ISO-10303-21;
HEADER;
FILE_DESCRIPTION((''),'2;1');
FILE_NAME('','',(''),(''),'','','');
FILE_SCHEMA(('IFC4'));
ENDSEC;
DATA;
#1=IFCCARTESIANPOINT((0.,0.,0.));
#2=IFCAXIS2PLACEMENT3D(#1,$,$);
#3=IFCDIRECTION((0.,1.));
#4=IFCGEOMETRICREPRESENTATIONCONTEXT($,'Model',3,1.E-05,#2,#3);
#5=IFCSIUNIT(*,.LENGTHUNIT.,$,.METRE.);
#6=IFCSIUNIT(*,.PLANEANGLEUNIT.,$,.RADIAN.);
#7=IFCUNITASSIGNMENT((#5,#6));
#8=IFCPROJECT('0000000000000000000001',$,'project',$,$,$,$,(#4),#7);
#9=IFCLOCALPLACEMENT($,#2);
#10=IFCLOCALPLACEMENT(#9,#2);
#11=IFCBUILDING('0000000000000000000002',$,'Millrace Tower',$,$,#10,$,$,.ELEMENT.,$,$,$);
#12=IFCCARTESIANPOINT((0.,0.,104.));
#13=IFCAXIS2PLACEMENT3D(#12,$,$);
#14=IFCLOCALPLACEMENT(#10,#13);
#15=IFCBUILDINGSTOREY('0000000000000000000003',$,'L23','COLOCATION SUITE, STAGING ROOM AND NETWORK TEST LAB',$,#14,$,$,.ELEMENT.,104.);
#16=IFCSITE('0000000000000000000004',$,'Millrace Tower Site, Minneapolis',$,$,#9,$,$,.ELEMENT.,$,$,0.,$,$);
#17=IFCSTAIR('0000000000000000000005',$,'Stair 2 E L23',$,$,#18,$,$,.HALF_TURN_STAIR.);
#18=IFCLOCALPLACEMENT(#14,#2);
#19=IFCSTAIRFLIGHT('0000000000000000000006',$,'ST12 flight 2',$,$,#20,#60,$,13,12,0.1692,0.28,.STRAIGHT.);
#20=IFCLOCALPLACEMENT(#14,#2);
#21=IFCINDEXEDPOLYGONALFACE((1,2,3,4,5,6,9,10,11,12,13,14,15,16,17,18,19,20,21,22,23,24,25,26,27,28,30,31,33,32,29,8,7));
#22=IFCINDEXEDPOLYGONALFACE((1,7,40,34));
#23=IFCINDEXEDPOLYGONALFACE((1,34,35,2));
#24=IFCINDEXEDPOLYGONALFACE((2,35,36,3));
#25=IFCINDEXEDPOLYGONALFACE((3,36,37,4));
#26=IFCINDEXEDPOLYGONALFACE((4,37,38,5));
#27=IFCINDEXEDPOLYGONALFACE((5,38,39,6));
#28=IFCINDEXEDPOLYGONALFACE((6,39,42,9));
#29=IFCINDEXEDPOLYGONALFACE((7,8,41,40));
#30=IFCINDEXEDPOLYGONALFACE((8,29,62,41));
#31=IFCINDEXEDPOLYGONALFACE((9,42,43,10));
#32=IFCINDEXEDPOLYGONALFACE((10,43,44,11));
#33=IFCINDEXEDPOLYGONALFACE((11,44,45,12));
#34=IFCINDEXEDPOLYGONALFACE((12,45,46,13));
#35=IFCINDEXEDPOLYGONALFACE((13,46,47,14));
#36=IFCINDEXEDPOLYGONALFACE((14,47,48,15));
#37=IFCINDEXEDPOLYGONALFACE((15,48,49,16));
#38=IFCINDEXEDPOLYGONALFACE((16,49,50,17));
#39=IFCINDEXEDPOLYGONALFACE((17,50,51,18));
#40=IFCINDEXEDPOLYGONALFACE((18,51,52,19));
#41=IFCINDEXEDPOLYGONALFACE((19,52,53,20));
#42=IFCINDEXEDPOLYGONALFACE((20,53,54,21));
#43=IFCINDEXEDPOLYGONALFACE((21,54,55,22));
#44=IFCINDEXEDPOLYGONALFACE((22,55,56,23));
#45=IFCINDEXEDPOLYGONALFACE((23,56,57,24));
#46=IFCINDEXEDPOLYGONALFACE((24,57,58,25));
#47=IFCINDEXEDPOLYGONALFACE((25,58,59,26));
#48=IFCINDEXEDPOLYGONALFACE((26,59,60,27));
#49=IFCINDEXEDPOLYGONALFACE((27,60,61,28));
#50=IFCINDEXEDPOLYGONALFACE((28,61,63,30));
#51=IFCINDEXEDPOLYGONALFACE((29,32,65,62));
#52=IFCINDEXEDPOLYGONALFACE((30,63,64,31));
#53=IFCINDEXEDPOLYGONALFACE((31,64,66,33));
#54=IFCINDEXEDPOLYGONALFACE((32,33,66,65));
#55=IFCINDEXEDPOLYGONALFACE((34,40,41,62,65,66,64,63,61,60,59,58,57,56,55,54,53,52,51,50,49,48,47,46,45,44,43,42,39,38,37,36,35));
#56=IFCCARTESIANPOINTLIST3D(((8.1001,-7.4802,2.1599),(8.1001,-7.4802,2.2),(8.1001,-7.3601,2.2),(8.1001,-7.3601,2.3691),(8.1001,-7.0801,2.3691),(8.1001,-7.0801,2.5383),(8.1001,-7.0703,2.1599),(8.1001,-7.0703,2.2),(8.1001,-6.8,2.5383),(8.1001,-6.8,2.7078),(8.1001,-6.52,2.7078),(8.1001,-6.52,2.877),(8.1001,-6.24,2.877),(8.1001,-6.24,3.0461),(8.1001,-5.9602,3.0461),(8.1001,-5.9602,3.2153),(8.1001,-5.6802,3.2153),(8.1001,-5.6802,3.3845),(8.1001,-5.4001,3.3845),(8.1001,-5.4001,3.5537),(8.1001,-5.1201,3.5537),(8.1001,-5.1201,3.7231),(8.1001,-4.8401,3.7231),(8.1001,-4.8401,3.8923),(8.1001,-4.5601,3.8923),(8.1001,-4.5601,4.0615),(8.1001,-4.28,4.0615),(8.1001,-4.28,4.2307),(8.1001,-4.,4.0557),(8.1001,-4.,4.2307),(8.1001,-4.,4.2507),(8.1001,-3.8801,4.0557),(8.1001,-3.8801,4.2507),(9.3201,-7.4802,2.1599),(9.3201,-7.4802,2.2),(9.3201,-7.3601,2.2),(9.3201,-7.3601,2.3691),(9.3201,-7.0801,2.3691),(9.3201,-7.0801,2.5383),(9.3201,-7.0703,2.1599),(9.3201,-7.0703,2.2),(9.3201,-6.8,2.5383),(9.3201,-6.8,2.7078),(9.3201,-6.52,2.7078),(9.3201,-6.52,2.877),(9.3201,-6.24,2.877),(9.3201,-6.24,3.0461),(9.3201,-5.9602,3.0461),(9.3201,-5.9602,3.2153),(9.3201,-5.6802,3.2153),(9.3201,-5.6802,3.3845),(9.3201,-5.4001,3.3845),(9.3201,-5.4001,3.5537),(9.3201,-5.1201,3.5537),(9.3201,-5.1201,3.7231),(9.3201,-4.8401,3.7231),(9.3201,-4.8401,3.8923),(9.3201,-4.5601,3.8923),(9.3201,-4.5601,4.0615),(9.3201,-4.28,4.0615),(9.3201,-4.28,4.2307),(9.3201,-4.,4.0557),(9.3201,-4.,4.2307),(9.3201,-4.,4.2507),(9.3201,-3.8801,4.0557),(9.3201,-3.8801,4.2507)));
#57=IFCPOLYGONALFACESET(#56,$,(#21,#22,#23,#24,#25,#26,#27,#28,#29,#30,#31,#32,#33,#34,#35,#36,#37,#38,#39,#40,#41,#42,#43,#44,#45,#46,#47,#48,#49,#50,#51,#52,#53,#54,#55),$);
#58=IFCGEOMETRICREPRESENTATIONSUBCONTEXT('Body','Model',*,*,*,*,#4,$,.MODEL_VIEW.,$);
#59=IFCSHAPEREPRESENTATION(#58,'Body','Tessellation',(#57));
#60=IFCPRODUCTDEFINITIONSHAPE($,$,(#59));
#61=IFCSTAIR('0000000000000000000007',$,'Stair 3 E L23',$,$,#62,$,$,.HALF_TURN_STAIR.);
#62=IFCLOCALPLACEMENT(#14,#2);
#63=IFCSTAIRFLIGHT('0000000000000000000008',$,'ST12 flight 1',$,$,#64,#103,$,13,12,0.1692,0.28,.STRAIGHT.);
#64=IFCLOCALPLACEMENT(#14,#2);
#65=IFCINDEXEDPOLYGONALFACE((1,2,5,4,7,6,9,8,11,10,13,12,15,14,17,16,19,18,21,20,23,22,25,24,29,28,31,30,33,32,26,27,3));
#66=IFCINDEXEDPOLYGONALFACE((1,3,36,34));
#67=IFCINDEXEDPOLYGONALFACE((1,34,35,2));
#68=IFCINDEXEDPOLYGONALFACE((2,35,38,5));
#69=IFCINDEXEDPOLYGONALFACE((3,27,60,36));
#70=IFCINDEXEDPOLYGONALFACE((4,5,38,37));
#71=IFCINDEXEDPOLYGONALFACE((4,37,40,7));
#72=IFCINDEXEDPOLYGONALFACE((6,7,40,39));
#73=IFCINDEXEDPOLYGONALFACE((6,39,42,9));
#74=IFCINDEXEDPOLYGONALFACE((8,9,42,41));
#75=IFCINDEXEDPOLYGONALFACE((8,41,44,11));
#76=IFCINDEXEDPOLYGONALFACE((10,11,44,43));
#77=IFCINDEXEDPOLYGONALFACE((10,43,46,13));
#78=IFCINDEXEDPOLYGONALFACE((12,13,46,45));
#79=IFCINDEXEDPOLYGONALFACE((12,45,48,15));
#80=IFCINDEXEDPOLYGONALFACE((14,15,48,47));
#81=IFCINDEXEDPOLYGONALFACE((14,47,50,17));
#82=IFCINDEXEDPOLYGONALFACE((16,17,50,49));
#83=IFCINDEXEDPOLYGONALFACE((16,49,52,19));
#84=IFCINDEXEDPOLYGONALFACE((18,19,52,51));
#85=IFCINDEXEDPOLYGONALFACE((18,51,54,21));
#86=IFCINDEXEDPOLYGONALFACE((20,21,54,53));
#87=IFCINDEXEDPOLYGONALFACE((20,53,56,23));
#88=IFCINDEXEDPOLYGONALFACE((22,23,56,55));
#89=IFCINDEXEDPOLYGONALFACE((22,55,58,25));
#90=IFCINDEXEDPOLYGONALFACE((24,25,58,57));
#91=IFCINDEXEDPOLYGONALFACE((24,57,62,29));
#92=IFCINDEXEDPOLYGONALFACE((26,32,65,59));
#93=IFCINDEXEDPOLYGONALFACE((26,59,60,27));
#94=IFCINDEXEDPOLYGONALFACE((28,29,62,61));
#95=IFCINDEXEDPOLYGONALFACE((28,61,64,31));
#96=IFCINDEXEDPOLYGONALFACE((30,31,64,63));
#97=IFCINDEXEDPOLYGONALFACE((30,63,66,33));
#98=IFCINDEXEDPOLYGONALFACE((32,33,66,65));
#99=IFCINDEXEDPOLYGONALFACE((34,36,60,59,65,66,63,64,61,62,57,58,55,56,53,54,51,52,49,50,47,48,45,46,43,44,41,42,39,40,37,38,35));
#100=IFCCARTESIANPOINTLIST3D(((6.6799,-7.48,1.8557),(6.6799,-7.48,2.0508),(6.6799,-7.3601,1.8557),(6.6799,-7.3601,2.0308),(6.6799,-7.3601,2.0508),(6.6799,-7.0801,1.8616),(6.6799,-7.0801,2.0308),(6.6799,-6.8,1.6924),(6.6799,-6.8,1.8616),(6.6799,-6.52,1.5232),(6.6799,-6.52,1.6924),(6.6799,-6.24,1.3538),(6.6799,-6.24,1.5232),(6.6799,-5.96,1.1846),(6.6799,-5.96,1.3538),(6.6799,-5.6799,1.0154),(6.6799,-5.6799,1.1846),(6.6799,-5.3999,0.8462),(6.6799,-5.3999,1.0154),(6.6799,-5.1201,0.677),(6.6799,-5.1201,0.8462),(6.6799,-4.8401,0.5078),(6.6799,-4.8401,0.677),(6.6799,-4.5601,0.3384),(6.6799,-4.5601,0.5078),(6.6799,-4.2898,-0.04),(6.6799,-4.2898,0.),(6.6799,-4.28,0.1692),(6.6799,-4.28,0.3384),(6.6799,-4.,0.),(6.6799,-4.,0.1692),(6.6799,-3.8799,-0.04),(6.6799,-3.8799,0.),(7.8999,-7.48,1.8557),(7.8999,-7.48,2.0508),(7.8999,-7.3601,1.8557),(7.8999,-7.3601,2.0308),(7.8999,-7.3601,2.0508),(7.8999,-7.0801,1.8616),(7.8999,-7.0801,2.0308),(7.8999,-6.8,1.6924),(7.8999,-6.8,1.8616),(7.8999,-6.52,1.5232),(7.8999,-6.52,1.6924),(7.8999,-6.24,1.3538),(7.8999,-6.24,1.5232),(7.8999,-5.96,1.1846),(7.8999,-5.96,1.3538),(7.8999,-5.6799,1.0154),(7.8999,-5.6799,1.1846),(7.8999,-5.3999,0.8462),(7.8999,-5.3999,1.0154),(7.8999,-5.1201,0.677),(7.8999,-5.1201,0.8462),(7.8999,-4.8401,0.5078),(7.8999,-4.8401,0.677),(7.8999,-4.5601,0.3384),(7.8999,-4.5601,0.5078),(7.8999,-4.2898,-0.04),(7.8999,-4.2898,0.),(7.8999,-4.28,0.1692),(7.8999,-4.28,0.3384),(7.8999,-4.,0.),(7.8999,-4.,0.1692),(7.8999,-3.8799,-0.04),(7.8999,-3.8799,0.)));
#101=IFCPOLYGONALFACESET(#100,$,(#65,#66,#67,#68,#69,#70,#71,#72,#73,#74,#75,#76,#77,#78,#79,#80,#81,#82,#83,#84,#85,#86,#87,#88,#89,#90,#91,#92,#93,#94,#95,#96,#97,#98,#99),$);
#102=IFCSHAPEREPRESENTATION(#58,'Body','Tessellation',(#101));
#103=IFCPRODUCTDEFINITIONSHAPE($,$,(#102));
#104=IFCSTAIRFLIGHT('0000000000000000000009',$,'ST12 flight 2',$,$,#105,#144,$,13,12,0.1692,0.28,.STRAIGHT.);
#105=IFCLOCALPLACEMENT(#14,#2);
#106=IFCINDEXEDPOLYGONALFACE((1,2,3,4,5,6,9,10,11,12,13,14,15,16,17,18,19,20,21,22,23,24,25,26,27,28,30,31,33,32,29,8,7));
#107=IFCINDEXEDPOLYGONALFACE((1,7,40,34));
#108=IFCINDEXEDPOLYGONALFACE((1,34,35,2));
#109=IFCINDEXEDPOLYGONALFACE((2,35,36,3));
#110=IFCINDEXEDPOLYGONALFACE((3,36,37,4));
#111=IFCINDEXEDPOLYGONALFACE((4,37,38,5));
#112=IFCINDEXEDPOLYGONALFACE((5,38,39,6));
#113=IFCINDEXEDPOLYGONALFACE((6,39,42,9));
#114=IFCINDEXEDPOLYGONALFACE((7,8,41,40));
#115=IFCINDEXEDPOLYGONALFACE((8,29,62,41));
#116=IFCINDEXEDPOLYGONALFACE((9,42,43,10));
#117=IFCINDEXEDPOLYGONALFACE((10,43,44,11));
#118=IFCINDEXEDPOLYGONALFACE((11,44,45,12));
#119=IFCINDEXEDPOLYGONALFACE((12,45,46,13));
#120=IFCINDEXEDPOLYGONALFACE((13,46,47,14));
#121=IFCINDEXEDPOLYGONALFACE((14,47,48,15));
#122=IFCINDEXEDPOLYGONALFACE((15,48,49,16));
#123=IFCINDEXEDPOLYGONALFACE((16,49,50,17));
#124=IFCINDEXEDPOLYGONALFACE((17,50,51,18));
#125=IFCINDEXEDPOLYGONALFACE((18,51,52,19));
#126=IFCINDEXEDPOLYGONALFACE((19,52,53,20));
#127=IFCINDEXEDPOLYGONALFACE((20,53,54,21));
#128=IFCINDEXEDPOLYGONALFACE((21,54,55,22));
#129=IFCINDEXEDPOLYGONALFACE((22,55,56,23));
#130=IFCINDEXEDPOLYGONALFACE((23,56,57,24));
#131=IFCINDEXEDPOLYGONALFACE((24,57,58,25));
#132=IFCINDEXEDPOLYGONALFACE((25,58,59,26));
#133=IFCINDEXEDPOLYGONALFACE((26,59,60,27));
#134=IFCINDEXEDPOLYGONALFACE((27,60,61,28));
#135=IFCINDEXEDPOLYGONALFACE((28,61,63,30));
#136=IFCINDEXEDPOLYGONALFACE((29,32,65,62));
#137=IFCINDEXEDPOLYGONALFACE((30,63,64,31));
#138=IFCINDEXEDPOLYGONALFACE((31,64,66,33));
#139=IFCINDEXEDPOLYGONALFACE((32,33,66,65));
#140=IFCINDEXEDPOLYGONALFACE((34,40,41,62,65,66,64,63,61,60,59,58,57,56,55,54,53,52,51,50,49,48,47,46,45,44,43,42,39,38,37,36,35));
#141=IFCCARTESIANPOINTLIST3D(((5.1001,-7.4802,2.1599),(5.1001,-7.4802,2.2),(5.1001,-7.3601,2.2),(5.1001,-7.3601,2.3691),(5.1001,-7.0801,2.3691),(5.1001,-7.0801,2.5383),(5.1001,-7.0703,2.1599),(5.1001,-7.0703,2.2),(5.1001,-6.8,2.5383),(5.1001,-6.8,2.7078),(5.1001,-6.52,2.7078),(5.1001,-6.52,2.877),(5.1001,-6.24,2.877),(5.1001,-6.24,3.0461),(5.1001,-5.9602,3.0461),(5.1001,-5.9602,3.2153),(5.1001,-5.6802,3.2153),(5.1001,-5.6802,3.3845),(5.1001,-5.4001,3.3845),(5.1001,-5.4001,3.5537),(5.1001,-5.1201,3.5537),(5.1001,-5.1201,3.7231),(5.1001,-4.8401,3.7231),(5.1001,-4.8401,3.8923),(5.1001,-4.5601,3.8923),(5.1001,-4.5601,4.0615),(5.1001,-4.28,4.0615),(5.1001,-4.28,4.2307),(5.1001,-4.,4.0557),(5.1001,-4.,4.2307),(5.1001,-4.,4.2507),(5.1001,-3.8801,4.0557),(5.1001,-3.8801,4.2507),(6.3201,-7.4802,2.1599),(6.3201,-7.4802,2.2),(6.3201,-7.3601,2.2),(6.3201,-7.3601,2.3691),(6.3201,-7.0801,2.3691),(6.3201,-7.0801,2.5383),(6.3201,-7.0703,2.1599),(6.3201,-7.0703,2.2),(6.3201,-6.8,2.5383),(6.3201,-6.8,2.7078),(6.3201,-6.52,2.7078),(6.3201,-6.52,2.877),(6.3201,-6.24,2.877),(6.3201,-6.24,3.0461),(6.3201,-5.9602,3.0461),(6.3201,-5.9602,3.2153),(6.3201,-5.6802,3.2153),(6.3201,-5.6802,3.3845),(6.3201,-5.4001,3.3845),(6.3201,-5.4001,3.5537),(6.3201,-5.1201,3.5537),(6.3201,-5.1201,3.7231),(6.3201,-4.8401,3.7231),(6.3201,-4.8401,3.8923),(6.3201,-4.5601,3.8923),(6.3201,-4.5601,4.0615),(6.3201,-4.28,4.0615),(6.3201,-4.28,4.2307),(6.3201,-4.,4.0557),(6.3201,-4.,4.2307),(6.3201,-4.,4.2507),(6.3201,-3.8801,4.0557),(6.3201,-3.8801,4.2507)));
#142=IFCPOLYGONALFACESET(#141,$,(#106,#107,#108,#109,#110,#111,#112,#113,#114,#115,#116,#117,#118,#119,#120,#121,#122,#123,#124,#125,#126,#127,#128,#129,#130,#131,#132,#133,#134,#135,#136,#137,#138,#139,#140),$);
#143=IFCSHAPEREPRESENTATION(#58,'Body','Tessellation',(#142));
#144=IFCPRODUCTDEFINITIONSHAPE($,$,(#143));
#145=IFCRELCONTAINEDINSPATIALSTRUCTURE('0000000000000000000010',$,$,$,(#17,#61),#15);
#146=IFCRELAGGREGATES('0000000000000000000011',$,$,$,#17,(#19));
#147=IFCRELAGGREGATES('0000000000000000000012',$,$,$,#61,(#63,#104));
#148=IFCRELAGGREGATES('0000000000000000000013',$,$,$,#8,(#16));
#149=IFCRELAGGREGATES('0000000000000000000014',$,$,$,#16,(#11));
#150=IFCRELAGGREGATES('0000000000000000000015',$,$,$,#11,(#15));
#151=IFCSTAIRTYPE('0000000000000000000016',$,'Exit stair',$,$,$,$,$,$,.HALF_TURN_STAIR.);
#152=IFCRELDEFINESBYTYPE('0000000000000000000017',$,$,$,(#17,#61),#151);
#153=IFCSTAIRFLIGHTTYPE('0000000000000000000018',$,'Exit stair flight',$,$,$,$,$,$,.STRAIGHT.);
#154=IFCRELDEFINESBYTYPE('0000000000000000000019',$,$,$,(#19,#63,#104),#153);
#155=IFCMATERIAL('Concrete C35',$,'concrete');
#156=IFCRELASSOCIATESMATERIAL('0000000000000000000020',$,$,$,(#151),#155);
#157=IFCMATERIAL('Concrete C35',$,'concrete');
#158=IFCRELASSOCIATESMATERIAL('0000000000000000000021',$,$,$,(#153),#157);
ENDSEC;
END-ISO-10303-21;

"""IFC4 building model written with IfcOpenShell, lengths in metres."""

from ifc_helpers import new_model, si_unit, direction, frame, origin, place, context, subcontext, project, spatial, polyline, outline, extrude, material, type_object, element, aggregate, save


model = new_model("IFC4")

# Units and contexts
model_context = context("Model", 3, precision=1e-05, world=origin(), true_north=direction((0.0, 1.0)))
body_context = subcontext(model_context, "Body", "Model", "MODEL_VIEW")
ifc_project = project(units=[si_unit("LENGTHUNIT", "METRE"), si_unit("PLANEANGLEUNIT", "RADIAN")], contexts=[model_context])

# Site, building, storey
site_placement = place(None, origin())
site = spatial("IfcSite", under=ifc_project, at=site_placement, Name="Millrace Tower Site, Minneapolis", CompositionType="ELEMENT", RefElevation=0.0)
building_placement = place(site_placement, origin())
building = spatial("IfcBuilding", under=site, at=building_placement, Name="Millrace Tower", CompositionType="ELEMENT")
storey_placement = place(building_placement, frame((0.0, 0.0, 104.0)))
storey = spatial("IfcBuildingStorey", under=building, at=storey_placement, Name="L23", Description="COLOCATION SUITE, STAGING ROOM AND NETWORK TEST LAB", CompositionType="ELEMENT", Elevation=104.0)

# Shared definitions
placement_1 = place(storey_placement, origin())

# Stairs, stair flights
ifc_material_1 = material(Name="Concrete C35", Category="concrete")
stair_type = type_object("IfcStairType", Name="Exit stair", PredefinedType="HALF_TURN_STAIR", material=ifc_material_1)
ifc_material_2 = material(Name="Concrete C35", Category="concrete")
stair_flight_type = type_object("IfcStairFlightType", Name="Exit stair flight", PredefinedType="STRAIGHT", material=ifc_material_2)
stair_1 = element("IfcStair", 1, at=placement_1, inside=storey, type_object=stair_type, Name="Stair 2 E L23", PredefinedType="HALF_TURN_STAIR")
stair_flight_1_placement = place(storey_placement, frame((8.71, -7.3601, 2.2), z_axis=(0.0, 0.0, 1.0), x_axis=(0.0, 1.0, 0.0)))
stair_flight_1 = element("IfcStairFlight", 2, at=stair_flight_1_placement, type_object=stair_flight_type, Name="ST12 flight 2", NumberOfRisers=13, NumberOfTreads=12, PredefinedType="STRAIGHT", RiserHeight=0.1692, TreadLength=0.28, context=body_context, shape_type="SweptSolid", body=[
    extrude(outline(polyline([(-0.1201, -0.04), (-0.1201, 0.0), (0.0, 0.0), (0.0, 0.1692), (0.28, 0.1692), (0.28, 0.3384), (0.5601, 0.3384), (0.5601, 0.5078), (0.8401, 0.5078), (0.8401, 0.677), (1.1201, 0.677), (1.1201, 0.8462), (1.3999, 0.8462), (1.3999, 1.0154), (1.6799, 1.0154), (1.6799, 1.1846), (1.96, 1.1846), (1.96, 1.3538), (2.24, 1.3538), (2.24, 1.5232), (2.52, 1.5232), (2.52, 1.6924), (2.8, 1.6924), (2.8, 1.8616), (3.0801, 1.8616), (3.0801, 2.0308), (3.3601, 2.0308), (3.3601, 2.0508), (3.48, 2.0508), (3.48, 1.8557), (3.3601, 1.8557), (0.2898, 0.0), (0.2898, -0.04), (-0.1201, -0.04)])), frame((0.0, 0.6099, 0.0), z_axis=(0.0, -1.0, 0.0), x_axis=(1.0, 0.0, 0.0)), (0.0, 0.0, 1.0), 1.22),
])
aggregate(stair_1, [stair_flight_1])
stair_2 = element("IfcStair", 3, at=placement_1, inside=storey, type_object=stair_type, Name="Stair 3 E L23", PredefinedType="HALF_TURN_STAIR")
stair_flight_2_placement = place(storey_placement, frame((7.29, -4.0, 0.0), z_axis=(0.0, 0.0, 1.0), x_axis=(0.0, -1.0, 0.0)))
stair_flight_2 = element("IfcStairFlight", 4, at=stair_flight_2_placement, type_object=stair_flight_type, Name="ST12 flight 1", NumberOfRisers=13, NumberOfTreads=12, PredefinedType="STRAIGHT", RiserHeight=0.1692, TreadLength=0.28, context=body_context, shape_type="SweptSolid", body=[
    extrude(outline(polyline([(-0.1201, -0.04), (-0.1201, 0.0), (0.0, 0.0), (0.0, 0.1692), (0.28, 0.1692), (0.28, 0.3384), (0.5601, 0.3384), (0.5601, 0.5078), (0.8401, 0.5078), (0.8401, 0.677), (1.1201, 0.677), (1.1201, 0.8462), (1.3999, 0.8462), (1.3999, 1.0154), (1.6799, 1.0154), (1.6799, 1.1846), (1.96, 1.1846), (1.96, 1.3538), (2.24, 1.3538), (2.24, 1.5232), (2.52, 1.5232), (2.52, 1.6924), (2.8, 1.6924), (2.8, 1.8616), (3.0801, 1.8616), (3.0801, 2.0308), (3.3601, 2.0308), (3.3601, 2.0508), (3.48, 2.0508), (3.48, 1.8557), (3.3601, 1.8557), (0.2898, 0.0), (0.2898, -0.04), (-0.1201, -0.04)])), frame((0.0, 0.6099, 0.0), z_axis=(0.0, -1.0, 0.0), x_axis=(1.0, 0.0, 0.0)), (0.0, 0.0, 1.0), 1.22),
])
stair_flight_3_placement = place(storey_placement, frame((5.71, -7.3601, 2.2), z_axis=(0.0, 0.0, 1.0), x_axis=(0.0, 1.0, 0.0)))
stair_flight_3 = element("IfcStairFlight", 5, at=stair_flight_3_placement, type_object=stair_flight_type, Name="ST12 flight 2", NumberOfRisers=13, NumberOfTreads=12, PredefinedType="STRAIGHT", RiserHeight=0.1692, TreadLength=0.28, context=body_context, shape_type="SweptSolid", body=[
    extrude(outline(polyline([(-0.1201, -0.04), (-0.1201, 0.0), (0.0, 0.0), (0.0, 0.1692), (0.28, 0.1692), (0.28, 0.3384), (0.5601, 0.3384), (0.5601, 0.5078), (0.8401, 0.5078), (0.8401, 0.677), (1.1201, 0.677), (1.1201, 0.8462), (1.3999, 0.8462), (1.3999, 1.0154), (1.6799, 1.0154), (1.6799, 1.1846), (1.96, 1.1846), (1.96, 1.3538), (2.24, 1.3538), (2.24, 1.5232), (2.52, 1.5232), (2.52, 1.6924), (2.8, 1.6924), (2.8, 1.8616), (3.0801, 1.8616), (3.0801, 2.0308), (3.3601, 2.0308), (3.3601, 2.0508), (3.48, 2.0508), (3.48, 1.8557), (3.3601, 1.8557), (0.2898, 0.0), (0.2898, -0.04), (-0.1201, -0.04)])), frame((0.0, 0.6099, 0.0), z_axis=(0.0, -1.0, 0.0), x_axis=(1.0, 0.0, 0.0)), (0.0, 0.0, 1.0), 1.22),
])
aggregate(stair_2, [stair_flight_2, stair_flight_3])

save(model, "model.ifc")
